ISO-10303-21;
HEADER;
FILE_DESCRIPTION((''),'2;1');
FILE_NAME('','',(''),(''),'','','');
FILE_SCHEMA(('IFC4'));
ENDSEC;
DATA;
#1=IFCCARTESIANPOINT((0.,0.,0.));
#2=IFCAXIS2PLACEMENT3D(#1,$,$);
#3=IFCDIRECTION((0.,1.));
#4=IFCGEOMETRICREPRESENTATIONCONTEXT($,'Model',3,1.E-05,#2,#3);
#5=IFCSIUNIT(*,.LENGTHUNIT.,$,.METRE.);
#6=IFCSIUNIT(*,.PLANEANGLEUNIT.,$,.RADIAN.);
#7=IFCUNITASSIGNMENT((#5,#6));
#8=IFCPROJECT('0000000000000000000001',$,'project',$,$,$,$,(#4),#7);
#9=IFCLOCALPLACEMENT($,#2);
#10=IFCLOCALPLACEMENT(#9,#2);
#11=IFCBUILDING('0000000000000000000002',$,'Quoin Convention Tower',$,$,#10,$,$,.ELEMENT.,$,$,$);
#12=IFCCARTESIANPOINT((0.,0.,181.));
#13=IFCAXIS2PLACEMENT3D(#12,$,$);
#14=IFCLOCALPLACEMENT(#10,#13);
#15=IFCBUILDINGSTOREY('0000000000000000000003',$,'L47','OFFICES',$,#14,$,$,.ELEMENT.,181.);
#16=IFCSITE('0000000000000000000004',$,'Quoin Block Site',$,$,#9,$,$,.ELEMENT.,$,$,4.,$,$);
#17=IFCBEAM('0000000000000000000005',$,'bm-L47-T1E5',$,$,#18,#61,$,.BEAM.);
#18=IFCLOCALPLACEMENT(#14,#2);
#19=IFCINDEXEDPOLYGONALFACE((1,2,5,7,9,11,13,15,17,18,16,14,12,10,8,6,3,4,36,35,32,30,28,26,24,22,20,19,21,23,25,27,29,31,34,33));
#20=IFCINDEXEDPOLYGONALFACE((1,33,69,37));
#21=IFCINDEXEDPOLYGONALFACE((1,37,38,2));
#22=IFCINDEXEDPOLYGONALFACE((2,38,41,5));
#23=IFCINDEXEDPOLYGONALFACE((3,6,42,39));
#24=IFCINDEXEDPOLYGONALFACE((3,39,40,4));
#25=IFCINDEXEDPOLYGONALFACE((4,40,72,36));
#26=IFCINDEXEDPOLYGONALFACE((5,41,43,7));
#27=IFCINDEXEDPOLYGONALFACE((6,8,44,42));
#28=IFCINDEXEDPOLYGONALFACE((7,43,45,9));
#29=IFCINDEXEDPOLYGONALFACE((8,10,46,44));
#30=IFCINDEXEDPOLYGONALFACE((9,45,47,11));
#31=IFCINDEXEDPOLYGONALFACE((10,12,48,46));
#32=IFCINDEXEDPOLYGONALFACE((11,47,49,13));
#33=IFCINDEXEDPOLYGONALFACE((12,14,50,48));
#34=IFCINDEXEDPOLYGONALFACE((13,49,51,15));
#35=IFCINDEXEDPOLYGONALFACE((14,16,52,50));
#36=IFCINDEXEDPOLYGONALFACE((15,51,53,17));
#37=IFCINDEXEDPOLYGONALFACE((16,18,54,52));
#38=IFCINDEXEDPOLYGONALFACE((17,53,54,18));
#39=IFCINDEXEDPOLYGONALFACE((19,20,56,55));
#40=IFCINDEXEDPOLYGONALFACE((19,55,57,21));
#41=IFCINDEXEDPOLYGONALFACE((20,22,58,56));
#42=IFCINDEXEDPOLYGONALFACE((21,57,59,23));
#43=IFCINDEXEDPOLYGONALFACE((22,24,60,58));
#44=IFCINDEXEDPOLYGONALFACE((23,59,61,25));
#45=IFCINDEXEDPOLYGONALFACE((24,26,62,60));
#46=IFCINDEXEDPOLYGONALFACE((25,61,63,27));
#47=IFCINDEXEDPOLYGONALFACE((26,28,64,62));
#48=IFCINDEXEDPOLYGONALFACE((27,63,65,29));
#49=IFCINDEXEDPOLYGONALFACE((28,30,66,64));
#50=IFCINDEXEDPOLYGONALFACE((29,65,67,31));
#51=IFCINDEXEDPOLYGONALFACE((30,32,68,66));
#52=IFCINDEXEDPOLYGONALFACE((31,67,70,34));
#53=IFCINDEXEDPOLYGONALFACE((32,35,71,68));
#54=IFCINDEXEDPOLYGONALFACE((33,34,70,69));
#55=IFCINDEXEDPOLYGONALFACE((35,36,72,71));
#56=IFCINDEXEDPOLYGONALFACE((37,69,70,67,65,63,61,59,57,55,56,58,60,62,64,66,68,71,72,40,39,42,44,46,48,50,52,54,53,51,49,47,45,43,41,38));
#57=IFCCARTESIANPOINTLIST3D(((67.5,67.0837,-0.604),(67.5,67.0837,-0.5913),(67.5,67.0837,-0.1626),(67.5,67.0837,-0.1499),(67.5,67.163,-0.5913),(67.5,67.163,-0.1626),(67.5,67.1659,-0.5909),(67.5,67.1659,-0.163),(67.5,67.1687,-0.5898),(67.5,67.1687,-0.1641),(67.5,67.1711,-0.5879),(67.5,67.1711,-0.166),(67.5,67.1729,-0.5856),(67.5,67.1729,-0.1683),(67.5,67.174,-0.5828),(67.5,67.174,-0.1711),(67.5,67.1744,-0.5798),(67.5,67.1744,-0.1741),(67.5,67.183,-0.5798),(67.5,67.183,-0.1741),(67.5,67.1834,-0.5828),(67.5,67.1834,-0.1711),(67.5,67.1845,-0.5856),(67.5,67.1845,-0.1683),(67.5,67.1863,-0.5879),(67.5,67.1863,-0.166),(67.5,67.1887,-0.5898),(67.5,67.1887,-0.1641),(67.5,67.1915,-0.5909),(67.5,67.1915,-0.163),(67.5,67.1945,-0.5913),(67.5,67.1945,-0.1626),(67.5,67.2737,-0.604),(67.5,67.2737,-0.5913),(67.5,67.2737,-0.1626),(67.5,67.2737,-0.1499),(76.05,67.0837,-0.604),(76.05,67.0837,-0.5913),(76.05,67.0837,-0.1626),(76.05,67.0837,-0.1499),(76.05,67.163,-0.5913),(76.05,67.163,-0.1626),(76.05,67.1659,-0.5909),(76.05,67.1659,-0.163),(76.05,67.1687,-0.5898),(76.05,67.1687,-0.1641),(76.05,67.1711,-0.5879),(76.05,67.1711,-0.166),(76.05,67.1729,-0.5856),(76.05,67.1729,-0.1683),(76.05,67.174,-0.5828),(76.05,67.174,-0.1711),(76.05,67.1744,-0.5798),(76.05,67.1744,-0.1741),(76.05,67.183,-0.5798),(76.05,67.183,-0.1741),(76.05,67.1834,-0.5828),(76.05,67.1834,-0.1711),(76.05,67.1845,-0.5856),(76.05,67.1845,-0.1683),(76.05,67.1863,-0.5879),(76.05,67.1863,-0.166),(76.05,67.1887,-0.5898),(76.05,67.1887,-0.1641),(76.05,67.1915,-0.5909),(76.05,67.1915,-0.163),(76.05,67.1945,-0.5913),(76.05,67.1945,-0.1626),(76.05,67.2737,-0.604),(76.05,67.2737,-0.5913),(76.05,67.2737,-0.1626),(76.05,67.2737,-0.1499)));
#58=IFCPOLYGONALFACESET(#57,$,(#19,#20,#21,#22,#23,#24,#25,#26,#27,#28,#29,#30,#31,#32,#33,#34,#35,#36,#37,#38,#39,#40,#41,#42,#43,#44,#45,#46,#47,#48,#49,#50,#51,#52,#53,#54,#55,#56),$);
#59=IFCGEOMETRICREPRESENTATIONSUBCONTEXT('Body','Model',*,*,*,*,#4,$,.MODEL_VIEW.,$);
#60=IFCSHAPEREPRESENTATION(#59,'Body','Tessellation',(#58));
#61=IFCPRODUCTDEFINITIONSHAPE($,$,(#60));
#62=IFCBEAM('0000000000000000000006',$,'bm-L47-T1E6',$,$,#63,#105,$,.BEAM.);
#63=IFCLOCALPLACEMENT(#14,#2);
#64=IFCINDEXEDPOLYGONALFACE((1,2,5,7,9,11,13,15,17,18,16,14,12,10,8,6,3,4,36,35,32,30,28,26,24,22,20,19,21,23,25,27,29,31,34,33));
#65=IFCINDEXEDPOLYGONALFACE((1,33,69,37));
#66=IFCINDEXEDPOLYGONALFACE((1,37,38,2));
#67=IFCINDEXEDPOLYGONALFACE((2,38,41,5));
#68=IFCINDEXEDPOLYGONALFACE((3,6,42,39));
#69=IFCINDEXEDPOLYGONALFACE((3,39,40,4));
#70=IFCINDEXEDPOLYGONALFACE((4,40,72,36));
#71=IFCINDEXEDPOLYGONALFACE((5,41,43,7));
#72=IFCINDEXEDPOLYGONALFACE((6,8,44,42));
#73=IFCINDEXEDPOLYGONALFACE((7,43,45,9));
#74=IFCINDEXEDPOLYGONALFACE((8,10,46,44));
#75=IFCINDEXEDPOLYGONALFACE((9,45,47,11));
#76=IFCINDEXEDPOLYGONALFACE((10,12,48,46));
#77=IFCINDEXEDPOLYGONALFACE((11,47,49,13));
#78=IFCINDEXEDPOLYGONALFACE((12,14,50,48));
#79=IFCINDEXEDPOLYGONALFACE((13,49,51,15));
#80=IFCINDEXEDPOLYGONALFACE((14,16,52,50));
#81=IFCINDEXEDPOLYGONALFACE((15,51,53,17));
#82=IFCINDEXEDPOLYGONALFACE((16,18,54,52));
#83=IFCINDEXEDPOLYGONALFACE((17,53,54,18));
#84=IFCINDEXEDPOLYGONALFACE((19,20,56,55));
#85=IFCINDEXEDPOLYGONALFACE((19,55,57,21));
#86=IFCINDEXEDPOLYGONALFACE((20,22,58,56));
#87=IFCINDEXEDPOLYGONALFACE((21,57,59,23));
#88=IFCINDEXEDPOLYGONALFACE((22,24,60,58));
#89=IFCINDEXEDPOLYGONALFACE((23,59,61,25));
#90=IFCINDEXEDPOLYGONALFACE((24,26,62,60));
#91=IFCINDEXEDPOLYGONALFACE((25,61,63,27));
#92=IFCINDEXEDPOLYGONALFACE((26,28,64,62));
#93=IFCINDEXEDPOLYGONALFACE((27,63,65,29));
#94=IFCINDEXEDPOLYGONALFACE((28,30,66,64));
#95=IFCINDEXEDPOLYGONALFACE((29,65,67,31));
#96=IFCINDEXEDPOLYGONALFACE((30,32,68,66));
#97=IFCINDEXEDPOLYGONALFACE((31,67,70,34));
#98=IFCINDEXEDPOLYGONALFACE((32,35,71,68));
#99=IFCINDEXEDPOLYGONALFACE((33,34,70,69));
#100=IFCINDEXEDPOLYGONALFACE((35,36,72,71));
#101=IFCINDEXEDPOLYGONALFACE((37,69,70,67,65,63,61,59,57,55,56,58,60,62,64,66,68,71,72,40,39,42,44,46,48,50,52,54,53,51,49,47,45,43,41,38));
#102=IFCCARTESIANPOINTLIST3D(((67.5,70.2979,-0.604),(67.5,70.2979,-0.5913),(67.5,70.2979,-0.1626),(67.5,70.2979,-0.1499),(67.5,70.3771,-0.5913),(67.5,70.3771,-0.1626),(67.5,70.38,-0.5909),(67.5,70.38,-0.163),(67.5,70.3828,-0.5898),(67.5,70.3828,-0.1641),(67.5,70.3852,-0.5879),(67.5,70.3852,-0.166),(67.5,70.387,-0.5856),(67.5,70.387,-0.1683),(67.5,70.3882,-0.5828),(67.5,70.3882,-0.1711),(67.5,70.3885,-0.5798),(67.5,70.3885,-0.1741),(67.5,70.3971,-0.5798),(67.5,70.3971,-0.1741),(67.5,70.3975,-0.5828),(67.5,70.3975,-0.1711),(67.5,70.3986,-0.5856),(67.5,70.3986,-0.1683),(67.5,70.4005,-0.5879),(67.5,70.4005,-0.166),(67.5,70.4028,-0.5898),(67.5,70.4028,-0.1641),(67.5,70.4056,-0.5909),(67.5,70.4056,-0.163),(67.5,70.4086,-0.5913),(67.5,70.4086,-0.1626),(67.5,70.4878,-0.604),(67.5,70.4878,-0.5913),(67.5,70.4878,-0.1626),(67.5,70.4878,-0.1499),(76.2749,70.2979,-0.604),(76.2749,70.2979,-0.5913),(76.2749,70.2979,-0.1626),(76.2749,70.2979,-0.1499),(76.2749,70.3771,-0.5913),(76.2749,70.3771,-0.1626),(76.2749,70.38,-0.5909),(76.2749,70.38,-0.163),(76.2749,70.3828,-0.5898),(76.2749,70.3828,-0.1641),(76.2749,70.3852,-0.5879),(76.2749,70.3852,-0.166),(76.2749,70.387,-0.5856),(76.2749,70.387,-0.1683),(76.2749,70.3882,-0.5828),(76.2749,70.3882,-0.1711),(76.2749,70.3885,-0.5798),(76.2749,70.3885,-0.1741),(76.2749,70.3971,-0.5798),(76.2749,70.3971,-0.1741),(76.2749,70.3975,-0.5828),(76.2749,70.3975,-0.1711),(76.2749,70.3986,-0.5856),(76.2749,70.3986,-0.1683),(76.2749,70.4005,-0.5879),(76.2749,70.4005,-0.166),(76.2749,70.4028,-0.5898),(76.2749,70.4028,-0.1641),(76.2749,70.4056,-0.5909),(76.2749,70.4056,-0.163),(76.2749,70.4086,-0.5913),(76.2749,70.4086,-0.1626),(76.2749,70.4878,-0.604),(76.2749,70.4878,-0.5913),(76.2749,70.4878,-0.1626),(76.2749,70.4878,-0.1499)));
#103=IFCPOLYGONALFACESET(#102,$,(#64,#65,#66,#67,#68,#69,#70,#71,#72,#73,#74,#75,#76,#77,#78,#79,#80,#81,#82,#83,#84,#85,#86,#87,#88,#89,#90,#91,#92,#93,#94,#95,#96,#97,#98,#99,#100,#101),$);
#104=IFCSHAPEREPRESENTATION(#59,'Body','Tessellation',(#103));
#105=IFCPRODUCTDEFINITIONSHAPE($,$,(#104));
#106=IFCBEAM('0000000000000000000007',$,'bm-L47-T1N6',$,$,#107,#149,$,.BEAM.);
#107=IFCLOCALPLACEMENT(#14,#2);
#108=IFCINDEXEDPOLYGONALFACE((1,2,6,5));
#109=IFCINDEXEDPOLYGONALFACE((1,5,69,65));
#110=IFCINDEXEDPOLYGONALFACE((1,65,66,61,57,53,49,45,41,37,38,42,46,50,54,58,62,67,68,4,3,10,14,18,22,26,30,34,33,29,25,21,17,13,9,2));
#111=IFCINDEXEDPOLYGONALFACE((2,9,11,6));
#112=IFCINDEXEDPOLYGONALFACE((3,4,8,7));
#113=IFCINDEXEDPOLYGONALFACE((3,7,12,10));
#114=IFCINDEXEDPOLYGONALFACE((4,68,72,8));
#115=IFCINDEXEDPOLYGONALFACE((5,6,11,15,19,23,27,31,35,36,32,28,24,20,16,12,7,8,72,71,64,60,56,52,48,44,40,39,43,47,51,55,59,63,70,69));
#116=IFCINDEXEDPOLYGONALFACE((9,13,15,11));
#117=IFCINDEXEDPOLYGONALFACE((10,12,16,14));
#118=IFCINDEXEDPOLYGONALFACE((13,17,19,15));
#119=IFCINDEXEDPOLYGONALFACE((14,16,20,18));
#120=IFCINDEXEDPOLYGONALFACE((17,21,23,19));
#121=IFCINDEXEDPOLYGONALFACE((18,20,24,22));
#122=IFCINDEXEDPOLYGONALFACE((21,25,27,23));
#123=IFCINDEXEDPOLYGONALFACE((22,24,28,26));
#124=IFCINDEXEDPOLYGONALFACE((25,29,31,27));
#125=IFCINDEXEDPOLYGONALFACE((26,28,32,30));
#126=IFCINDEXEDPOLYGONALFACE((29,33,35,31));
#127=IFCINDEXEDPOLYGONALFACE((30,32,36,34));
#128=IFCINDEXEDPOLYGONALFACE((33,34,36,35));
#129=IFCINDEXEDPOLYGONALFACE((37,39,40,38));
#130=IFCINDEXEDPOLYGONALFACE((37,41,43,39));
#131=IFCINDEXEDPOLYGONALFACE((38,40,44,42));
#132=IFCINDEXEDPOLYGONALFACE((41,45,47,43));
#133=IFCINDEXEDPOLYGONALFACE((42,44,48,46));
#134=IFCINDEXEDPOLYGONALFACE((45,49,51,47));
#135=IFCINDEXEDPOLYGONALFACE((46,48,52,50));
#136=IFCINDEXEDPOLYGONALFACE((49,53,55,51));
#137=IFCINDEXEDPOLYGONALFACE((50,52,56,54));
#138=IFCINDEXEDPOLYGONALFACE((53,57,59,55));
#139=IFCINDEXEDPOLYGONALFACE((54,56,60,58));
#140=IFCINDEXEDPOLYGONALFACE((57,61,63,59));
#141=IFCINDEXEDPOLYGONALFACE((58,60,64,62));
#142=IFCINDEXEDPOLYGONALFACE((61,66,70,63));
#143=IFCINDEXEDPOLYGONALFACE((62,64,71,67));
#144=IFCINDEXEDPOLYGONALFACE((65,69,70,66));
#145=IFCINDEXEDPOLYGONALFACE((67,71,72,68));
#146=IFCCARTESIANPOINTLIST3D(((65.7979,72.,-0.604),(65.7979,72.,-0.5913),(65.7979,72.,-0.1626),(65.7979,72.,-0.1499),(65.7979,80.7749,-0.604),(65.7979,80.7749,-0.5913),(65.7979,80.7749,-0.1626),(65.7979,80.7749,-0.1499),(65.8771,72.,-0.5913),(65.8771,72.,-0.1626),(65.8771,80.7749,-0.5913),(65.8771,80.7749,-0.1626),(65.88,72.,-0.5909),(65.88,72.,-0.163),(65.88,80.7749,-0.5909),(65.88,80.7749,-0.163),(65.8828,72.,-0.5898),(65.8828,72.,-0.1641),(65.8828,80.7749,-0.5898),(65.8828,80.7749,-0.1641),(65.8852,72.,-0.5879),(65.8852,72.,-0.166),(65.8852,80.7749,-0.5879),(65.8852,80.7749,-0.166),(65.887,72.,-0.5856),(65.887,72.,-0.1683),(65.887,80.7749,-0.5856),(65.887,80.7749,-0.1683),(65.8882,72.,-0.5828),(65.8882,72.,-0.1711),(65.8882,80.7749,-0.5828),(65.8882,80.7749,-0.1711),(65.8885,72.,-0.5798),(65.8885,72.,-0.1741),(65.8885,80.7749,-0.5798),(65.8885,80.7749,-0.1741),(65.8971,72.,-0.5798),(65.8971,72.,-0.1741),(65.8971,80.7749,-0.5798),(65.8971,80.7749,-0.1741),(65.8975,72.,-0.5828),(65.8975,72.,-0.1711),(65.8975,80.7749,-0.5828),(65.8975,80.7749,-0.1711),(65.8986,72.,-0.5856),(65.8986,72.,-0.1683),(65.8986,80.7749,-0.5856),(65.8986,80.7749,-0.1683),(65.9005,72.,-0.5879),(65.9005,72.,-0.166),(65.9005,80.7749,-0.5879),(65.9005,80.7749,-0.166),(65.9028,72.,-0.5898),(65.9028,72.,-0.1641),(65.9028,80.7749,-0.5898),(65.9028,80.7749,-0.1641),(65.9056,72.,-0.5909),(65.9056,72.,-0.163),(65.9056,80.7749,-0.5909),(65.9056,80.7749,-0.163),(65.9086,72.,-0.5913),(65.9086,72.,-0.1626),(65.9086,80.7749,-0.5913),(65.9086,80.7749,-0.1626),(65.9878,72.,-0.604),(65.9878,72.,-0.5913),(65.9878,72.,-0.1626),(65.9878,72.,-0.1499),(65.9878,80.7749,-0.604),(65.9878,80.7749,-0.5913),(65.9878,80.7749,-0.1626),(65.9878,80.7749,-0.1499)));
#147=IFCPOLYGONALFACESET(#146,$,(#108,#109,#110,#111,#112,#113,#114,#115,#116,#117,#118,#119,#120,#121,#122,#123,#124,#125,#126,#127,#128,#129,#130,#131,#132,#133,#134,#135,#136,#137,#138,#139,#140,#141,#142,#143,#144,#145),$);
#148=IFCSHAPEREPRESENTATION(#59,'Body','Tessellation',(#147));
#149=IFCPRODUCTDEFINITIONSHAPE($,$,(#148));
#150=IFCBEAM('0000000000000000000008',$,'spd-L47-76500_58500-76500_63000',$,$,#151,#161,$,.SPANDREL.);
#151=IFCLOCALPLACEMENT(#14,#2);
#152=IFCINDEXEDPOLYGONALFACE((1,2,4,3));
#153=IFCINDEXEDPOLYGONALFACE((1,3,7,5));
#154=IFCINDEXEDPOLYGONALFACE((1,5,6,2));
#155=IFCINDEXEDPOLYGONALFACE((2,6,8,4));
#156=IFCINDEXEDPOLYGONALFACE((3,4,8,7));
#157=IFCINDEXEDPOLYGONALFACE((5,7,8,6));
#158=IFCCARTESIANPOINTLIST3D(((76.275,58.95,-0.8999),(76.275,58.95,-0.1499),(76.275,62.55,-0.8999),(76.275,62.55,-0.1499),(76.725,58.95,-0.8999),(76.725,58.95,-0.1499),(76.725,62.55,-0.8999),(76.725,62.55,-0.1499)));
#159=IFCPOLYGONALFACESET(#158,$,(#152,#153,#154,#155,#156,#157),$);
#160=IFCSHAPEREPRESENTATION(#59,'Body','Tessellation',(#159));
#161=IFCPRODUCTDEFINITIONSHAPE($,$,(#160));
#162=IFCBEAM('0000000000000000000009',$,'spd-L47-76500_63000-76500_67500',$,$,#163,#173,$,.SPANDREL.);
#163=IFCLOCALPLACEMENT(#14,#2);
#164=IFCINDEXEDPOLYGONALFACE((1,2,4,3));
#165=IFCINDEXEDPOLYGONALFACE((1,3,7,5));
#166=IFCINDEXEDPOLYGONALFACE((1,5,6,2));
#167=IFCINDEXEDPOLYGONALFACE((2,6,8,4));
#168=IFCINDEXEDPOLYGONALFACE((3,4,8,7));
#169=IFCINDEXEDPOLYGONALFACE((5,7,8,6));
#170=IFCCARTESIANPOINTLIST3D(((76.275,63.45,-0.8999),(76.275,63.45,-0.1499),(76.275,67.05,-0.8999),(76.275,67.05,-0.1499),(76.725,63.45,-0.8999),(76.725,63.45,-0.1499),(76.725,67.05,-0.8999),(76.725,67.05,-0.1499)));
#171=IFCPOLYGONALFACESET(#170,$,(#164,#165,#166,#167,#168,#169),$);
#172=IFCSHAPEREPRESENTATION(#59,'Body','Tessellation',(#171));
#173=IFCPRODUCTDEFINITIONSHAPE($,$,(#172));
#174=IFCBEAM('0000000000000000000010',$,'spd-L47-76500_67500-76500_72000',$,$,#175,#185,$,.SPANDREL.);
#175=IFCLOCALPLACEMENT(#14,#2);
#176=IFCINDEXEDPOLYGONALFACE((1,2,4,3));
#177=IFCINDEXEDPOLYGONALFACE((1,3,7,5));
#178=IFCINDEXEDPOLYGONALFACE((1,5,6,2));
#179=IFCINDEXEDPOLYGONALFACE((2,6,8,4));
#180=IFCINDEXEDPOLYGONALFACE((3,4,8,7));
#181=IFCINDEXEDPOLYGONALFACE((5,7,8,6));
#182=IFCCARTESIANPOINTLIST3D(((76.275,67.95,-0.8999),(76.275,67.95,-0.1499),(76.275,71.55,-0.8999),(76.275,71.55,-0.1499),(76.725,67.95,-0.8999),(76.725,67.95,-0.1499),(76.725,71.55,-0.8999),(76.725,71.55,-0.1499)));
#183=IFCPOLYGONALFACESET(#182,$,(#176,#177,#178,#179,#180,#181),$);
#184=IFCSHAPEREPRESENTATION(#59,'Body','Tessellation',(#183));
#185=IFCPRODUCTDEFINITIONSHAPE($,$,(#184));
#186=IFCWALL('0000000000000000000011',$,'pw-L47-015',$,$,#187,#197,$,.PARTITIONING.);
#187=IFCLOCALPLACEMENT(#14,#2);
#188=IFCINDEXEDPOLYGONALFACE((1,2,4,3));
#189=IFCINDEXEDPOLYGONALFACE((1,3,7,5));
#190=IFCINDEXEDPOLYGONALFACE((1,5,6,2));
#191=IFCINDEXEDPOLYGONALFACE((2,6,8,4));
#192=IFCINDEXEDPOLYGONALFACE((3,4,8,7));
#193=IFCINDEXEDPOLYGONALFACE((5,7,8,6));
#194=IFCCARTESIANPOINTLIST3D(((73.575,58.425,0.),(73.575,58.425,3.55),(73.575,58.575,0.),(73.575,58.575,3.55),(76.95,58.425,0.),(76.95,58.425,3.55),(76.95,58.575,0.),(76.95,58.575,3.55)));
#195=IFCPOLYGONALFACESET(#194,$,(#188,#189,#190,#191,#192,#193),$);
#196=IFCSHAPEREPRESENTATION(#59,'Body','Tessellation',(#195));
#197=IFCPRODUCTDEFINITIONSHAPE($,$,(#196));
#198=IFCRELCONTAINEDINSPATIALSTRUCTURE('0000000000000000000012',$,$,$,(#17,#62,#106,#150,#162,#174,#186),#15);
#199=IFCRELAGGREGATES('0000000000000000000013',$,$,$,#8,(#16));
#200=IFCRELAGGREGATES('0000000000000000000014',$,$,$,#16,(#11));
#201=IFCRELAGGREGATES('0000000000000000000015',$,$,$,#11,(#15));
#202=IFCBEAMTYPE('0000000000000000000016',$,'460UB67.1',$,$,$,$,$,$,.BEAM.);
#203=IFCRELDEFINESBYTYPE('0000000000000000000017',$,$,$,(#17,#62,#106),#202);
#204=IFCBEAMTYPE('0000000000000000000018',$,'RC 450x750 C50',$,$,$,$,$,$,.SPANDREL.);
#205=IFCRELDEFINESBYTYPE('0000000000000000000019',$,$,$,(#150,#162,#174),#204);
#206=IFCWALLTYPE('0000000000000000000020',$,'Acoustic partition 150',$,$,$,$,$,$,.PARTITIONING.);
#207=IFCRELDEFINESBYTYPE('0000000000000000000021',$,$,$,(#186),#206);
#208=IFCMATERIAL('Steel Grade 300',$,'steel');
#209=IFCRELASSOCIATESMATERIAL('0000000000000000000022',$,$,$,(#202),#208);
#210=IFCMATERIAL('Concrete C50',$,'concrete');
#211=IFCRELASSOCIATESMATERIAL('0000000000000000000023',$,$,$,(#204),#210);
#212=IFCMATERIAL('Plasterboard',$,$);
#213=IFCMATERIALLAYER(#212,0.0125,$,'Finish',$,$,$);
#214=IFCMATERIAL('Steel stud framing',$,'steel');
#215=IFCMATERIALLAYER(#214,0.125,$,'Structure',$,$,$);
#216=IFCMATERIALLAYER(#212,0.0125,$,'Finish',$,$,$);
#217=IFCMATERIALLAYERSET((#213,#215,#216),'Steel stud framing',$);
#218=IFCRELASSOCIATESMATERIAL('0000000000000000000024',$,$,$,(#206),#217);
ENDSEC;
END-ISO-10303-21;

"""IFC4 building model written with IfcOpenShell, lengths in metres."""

from ifc_helpers import new_model, si_unit, direction, frame, frame_2d, origin, origin_2d, place, context, subcontext, project, spatial, rectangle, i_section, extrude, material, layer, layer_set, material_profile, profile_set, type_object, element, save


model = new_model("IFC4")

# Units and contexts
model_context = context("Model", 3, precision=1e-05, world=origin(), true_north=direction((0.0, 1.0)))
body_context = subcontext(model_context, "Body", "Model", "MODEL_VIEW")
ifc_project = project(units=[si_unit("LENGTHUNIT", "METRE"), si_unit("PLANEANGLEUNIT", "RADIAN")], contexts=[model_context])

# Site, building, storey
site_placement = place(None, origin())
site = spatial("IfcSite", under=ifc_project, at=site_placement, Name="Quoin Block Site", CompositionType="ELEMENT", RefElevation=4.0)
building_placement = place(site_placement, origin())
building = spatial("IfcBuilding", under=site, at=building_placement, Name="Quoin Convention Tower", CompositionType="ELEMENT")
storey_placement = place(building_placement, frame((0.0, 0.0, 181.0)))
storey = spatial("IfcBuildingStorey", under=building, at=storey_placement, Name="L47", Description="OFFICES", CompositionType="ELEMENT", Elevation=181.0)

# Shared definitions
ifc_material_1 = material(Name="Concrete C50", Category="concrete")

# Beams
ifc_material_2 = material(Name="Steel Grade 300", Category="steel")
ifc_material_profile_1 = material_profile(ifc_material_2, i_section(OverallWidth=0.1899, OverallDepth=0.4541, WebThickness=0.0085, FlangeThickness=0.0127, FilletRadius=0.0115, at=origin_2d()), Name="460UB67.1")
ifc_profile_set_1 = profile_set([ifc_material_profile_1], Name="Steel Grade 300")
beam_type_1 = type_object("IfcBeamType", Name="460UB67.1", PredefinedType="BEAM", material=ifc_profile_set_1)
beam_placement = place(storey_placement, frame((67.5, 67.1787, -0.377), z_axis=(1.0, 0.0, 0.0), x_axis=(0.0, 1.0, 0.0)))
element("IfcBeam", 1, at=beam_placement, inside=storey, type_object=beam_type_1, Name="bm-L47-T1E5", PredefinedType="BEAM", context=body_context, shape_type="SweptSolid", body=[
    extrude(i_section(OverallWidth=0.1899, OverallDepth=0.4541, WebThickness=0.0085, FlangeThickness=0.0127, FilletRadius=0.0115, at=origin_2d()), origin(), (0.0, 0.0, 1.0), 8.55),
])
for number, where, z_axis, x_axis, name in (
    (2, (67.5, 70.3928, -0.377), (1.0, 0.0, 0.0), (0.0, 1.0, 0.0), "bm-L47-T1E6"),
    (3, (65.8928, 72.0, -0.377), (0.0, 1.0, 0.0), (-1.0, 0.0, 0.0), "bm-L47-T1N6"),
):
    element("IfcBeam", number, at=place(storey_placement, frame(where, z_axis=z_axis, x_axis=x_axis)), inside=storey, type_object=beam_type_1, Name=name, PredefinedType="BEAM", context=body_context, shape_type="SweptSolid", body=[
        extrude(i_section(OverallWidth=0.1899, OverallDepth=0.4541, WebThickness=0.0085, FlangeThickness=0.0127, FilletRadius=0.0115, at=origin_2d()), origin(), (0.0, 0.0, 1.0), 8.7749),
    ])
ifc_material_profile_2 = material_profile(ifc_material_1, rectangle(XDim=0.45, YDim=0.75, at=origin_2d()), Name="RC 450x750")
ifc_profile_set_2 = profile_set([ifc_material_profile_2], Name="Concrete C50")
beam_type_2 = type_object("IfcBeamType", Name="RC 450x750 C50", PredefinedType="SPANDREL", material=ifc_profile_set_2)
for number, where, z_axis, x_axis, name in (
    (4, (76.5, 58.95, -0.5249), (0.0, 1.0, 0.0), (-1.0, 0.0, 0.0), "spd-L47-76500_58500-76500_63000"),
    (5, (76.5, 63.45, -0.5249), (0.0, 1.0, 0.0), (-1.0, 0.0, 0.0), "spd-L47-76500_63000-76500_67500"),
    (6, (76.5, 67.95, -0.5249), (0.0, 1.0, 0.0), (-1.0, 0.0, 0.0), "spd-L47-76500_67500-76500_72000"),
):
    element("IfcBeam", number, at=place(storey_placement, frame(where, z_axis=z_axis, x_axis=x_axis)), inside=storey, type_object=beam_type_2, Name=name, PredefinedType="SPANDREL", context=body_context, shape_type="SweptSolid", body=[
        extrude(rectangle(XDim=0.45, YDim=0.75, at=origin_2d()), origin(), (0.0, 0.0, 1.0), 3.6001),
    ])

# Wall
ifc_material_3 = material(Name="Plasterboard")
ifc_layer_1 = layer(ifc_material_3, 0.0125, Name="Finish")
ifc_material_4 = material(Name="Steel stud framing", Category="steel")
ifc_layer_2 = layer(ifc_material_4, 0.125, Name="Structure")
ifc_layer_3 = layer(ifc_material_3, 0.0125, Name="Finish")
ifc_layer_set_1 = layer_set([ifc_layer_1, ifc_layer_2, ifc_layer_3], Name="Steel stud framing")
wall_type_1 = type_object("IfcWallType", Name="Acoustic partition 150", PredefinedType="PARTITIONING", material=ifc_layer_set_1)
for number, where, z_axis, x_axis, name in (
    (7, (73.575, 58.5, 0.0), (0.0, 0.0, 1.0), (1.0, 0.0, 0.0), "pw-L47-015"),
):
    element("IfcWall", number, at=place(storey_placement, frame(where, z_axis=z_axis, x_axis=x_axis)), inside=storey, type_object=wall_type_1, Name=name, PredefinedType="PARTITIONING", context=body_context, shape_type="SweptSolid", body=[
        extrude(rectangle(XDim=3.375, YDim=0.1499, at=frame_2d((1.6875, 0.0))), origin(), (0.0, 0.0, 1.0), 3.55),
    ])

save(model, "model.ifc")
